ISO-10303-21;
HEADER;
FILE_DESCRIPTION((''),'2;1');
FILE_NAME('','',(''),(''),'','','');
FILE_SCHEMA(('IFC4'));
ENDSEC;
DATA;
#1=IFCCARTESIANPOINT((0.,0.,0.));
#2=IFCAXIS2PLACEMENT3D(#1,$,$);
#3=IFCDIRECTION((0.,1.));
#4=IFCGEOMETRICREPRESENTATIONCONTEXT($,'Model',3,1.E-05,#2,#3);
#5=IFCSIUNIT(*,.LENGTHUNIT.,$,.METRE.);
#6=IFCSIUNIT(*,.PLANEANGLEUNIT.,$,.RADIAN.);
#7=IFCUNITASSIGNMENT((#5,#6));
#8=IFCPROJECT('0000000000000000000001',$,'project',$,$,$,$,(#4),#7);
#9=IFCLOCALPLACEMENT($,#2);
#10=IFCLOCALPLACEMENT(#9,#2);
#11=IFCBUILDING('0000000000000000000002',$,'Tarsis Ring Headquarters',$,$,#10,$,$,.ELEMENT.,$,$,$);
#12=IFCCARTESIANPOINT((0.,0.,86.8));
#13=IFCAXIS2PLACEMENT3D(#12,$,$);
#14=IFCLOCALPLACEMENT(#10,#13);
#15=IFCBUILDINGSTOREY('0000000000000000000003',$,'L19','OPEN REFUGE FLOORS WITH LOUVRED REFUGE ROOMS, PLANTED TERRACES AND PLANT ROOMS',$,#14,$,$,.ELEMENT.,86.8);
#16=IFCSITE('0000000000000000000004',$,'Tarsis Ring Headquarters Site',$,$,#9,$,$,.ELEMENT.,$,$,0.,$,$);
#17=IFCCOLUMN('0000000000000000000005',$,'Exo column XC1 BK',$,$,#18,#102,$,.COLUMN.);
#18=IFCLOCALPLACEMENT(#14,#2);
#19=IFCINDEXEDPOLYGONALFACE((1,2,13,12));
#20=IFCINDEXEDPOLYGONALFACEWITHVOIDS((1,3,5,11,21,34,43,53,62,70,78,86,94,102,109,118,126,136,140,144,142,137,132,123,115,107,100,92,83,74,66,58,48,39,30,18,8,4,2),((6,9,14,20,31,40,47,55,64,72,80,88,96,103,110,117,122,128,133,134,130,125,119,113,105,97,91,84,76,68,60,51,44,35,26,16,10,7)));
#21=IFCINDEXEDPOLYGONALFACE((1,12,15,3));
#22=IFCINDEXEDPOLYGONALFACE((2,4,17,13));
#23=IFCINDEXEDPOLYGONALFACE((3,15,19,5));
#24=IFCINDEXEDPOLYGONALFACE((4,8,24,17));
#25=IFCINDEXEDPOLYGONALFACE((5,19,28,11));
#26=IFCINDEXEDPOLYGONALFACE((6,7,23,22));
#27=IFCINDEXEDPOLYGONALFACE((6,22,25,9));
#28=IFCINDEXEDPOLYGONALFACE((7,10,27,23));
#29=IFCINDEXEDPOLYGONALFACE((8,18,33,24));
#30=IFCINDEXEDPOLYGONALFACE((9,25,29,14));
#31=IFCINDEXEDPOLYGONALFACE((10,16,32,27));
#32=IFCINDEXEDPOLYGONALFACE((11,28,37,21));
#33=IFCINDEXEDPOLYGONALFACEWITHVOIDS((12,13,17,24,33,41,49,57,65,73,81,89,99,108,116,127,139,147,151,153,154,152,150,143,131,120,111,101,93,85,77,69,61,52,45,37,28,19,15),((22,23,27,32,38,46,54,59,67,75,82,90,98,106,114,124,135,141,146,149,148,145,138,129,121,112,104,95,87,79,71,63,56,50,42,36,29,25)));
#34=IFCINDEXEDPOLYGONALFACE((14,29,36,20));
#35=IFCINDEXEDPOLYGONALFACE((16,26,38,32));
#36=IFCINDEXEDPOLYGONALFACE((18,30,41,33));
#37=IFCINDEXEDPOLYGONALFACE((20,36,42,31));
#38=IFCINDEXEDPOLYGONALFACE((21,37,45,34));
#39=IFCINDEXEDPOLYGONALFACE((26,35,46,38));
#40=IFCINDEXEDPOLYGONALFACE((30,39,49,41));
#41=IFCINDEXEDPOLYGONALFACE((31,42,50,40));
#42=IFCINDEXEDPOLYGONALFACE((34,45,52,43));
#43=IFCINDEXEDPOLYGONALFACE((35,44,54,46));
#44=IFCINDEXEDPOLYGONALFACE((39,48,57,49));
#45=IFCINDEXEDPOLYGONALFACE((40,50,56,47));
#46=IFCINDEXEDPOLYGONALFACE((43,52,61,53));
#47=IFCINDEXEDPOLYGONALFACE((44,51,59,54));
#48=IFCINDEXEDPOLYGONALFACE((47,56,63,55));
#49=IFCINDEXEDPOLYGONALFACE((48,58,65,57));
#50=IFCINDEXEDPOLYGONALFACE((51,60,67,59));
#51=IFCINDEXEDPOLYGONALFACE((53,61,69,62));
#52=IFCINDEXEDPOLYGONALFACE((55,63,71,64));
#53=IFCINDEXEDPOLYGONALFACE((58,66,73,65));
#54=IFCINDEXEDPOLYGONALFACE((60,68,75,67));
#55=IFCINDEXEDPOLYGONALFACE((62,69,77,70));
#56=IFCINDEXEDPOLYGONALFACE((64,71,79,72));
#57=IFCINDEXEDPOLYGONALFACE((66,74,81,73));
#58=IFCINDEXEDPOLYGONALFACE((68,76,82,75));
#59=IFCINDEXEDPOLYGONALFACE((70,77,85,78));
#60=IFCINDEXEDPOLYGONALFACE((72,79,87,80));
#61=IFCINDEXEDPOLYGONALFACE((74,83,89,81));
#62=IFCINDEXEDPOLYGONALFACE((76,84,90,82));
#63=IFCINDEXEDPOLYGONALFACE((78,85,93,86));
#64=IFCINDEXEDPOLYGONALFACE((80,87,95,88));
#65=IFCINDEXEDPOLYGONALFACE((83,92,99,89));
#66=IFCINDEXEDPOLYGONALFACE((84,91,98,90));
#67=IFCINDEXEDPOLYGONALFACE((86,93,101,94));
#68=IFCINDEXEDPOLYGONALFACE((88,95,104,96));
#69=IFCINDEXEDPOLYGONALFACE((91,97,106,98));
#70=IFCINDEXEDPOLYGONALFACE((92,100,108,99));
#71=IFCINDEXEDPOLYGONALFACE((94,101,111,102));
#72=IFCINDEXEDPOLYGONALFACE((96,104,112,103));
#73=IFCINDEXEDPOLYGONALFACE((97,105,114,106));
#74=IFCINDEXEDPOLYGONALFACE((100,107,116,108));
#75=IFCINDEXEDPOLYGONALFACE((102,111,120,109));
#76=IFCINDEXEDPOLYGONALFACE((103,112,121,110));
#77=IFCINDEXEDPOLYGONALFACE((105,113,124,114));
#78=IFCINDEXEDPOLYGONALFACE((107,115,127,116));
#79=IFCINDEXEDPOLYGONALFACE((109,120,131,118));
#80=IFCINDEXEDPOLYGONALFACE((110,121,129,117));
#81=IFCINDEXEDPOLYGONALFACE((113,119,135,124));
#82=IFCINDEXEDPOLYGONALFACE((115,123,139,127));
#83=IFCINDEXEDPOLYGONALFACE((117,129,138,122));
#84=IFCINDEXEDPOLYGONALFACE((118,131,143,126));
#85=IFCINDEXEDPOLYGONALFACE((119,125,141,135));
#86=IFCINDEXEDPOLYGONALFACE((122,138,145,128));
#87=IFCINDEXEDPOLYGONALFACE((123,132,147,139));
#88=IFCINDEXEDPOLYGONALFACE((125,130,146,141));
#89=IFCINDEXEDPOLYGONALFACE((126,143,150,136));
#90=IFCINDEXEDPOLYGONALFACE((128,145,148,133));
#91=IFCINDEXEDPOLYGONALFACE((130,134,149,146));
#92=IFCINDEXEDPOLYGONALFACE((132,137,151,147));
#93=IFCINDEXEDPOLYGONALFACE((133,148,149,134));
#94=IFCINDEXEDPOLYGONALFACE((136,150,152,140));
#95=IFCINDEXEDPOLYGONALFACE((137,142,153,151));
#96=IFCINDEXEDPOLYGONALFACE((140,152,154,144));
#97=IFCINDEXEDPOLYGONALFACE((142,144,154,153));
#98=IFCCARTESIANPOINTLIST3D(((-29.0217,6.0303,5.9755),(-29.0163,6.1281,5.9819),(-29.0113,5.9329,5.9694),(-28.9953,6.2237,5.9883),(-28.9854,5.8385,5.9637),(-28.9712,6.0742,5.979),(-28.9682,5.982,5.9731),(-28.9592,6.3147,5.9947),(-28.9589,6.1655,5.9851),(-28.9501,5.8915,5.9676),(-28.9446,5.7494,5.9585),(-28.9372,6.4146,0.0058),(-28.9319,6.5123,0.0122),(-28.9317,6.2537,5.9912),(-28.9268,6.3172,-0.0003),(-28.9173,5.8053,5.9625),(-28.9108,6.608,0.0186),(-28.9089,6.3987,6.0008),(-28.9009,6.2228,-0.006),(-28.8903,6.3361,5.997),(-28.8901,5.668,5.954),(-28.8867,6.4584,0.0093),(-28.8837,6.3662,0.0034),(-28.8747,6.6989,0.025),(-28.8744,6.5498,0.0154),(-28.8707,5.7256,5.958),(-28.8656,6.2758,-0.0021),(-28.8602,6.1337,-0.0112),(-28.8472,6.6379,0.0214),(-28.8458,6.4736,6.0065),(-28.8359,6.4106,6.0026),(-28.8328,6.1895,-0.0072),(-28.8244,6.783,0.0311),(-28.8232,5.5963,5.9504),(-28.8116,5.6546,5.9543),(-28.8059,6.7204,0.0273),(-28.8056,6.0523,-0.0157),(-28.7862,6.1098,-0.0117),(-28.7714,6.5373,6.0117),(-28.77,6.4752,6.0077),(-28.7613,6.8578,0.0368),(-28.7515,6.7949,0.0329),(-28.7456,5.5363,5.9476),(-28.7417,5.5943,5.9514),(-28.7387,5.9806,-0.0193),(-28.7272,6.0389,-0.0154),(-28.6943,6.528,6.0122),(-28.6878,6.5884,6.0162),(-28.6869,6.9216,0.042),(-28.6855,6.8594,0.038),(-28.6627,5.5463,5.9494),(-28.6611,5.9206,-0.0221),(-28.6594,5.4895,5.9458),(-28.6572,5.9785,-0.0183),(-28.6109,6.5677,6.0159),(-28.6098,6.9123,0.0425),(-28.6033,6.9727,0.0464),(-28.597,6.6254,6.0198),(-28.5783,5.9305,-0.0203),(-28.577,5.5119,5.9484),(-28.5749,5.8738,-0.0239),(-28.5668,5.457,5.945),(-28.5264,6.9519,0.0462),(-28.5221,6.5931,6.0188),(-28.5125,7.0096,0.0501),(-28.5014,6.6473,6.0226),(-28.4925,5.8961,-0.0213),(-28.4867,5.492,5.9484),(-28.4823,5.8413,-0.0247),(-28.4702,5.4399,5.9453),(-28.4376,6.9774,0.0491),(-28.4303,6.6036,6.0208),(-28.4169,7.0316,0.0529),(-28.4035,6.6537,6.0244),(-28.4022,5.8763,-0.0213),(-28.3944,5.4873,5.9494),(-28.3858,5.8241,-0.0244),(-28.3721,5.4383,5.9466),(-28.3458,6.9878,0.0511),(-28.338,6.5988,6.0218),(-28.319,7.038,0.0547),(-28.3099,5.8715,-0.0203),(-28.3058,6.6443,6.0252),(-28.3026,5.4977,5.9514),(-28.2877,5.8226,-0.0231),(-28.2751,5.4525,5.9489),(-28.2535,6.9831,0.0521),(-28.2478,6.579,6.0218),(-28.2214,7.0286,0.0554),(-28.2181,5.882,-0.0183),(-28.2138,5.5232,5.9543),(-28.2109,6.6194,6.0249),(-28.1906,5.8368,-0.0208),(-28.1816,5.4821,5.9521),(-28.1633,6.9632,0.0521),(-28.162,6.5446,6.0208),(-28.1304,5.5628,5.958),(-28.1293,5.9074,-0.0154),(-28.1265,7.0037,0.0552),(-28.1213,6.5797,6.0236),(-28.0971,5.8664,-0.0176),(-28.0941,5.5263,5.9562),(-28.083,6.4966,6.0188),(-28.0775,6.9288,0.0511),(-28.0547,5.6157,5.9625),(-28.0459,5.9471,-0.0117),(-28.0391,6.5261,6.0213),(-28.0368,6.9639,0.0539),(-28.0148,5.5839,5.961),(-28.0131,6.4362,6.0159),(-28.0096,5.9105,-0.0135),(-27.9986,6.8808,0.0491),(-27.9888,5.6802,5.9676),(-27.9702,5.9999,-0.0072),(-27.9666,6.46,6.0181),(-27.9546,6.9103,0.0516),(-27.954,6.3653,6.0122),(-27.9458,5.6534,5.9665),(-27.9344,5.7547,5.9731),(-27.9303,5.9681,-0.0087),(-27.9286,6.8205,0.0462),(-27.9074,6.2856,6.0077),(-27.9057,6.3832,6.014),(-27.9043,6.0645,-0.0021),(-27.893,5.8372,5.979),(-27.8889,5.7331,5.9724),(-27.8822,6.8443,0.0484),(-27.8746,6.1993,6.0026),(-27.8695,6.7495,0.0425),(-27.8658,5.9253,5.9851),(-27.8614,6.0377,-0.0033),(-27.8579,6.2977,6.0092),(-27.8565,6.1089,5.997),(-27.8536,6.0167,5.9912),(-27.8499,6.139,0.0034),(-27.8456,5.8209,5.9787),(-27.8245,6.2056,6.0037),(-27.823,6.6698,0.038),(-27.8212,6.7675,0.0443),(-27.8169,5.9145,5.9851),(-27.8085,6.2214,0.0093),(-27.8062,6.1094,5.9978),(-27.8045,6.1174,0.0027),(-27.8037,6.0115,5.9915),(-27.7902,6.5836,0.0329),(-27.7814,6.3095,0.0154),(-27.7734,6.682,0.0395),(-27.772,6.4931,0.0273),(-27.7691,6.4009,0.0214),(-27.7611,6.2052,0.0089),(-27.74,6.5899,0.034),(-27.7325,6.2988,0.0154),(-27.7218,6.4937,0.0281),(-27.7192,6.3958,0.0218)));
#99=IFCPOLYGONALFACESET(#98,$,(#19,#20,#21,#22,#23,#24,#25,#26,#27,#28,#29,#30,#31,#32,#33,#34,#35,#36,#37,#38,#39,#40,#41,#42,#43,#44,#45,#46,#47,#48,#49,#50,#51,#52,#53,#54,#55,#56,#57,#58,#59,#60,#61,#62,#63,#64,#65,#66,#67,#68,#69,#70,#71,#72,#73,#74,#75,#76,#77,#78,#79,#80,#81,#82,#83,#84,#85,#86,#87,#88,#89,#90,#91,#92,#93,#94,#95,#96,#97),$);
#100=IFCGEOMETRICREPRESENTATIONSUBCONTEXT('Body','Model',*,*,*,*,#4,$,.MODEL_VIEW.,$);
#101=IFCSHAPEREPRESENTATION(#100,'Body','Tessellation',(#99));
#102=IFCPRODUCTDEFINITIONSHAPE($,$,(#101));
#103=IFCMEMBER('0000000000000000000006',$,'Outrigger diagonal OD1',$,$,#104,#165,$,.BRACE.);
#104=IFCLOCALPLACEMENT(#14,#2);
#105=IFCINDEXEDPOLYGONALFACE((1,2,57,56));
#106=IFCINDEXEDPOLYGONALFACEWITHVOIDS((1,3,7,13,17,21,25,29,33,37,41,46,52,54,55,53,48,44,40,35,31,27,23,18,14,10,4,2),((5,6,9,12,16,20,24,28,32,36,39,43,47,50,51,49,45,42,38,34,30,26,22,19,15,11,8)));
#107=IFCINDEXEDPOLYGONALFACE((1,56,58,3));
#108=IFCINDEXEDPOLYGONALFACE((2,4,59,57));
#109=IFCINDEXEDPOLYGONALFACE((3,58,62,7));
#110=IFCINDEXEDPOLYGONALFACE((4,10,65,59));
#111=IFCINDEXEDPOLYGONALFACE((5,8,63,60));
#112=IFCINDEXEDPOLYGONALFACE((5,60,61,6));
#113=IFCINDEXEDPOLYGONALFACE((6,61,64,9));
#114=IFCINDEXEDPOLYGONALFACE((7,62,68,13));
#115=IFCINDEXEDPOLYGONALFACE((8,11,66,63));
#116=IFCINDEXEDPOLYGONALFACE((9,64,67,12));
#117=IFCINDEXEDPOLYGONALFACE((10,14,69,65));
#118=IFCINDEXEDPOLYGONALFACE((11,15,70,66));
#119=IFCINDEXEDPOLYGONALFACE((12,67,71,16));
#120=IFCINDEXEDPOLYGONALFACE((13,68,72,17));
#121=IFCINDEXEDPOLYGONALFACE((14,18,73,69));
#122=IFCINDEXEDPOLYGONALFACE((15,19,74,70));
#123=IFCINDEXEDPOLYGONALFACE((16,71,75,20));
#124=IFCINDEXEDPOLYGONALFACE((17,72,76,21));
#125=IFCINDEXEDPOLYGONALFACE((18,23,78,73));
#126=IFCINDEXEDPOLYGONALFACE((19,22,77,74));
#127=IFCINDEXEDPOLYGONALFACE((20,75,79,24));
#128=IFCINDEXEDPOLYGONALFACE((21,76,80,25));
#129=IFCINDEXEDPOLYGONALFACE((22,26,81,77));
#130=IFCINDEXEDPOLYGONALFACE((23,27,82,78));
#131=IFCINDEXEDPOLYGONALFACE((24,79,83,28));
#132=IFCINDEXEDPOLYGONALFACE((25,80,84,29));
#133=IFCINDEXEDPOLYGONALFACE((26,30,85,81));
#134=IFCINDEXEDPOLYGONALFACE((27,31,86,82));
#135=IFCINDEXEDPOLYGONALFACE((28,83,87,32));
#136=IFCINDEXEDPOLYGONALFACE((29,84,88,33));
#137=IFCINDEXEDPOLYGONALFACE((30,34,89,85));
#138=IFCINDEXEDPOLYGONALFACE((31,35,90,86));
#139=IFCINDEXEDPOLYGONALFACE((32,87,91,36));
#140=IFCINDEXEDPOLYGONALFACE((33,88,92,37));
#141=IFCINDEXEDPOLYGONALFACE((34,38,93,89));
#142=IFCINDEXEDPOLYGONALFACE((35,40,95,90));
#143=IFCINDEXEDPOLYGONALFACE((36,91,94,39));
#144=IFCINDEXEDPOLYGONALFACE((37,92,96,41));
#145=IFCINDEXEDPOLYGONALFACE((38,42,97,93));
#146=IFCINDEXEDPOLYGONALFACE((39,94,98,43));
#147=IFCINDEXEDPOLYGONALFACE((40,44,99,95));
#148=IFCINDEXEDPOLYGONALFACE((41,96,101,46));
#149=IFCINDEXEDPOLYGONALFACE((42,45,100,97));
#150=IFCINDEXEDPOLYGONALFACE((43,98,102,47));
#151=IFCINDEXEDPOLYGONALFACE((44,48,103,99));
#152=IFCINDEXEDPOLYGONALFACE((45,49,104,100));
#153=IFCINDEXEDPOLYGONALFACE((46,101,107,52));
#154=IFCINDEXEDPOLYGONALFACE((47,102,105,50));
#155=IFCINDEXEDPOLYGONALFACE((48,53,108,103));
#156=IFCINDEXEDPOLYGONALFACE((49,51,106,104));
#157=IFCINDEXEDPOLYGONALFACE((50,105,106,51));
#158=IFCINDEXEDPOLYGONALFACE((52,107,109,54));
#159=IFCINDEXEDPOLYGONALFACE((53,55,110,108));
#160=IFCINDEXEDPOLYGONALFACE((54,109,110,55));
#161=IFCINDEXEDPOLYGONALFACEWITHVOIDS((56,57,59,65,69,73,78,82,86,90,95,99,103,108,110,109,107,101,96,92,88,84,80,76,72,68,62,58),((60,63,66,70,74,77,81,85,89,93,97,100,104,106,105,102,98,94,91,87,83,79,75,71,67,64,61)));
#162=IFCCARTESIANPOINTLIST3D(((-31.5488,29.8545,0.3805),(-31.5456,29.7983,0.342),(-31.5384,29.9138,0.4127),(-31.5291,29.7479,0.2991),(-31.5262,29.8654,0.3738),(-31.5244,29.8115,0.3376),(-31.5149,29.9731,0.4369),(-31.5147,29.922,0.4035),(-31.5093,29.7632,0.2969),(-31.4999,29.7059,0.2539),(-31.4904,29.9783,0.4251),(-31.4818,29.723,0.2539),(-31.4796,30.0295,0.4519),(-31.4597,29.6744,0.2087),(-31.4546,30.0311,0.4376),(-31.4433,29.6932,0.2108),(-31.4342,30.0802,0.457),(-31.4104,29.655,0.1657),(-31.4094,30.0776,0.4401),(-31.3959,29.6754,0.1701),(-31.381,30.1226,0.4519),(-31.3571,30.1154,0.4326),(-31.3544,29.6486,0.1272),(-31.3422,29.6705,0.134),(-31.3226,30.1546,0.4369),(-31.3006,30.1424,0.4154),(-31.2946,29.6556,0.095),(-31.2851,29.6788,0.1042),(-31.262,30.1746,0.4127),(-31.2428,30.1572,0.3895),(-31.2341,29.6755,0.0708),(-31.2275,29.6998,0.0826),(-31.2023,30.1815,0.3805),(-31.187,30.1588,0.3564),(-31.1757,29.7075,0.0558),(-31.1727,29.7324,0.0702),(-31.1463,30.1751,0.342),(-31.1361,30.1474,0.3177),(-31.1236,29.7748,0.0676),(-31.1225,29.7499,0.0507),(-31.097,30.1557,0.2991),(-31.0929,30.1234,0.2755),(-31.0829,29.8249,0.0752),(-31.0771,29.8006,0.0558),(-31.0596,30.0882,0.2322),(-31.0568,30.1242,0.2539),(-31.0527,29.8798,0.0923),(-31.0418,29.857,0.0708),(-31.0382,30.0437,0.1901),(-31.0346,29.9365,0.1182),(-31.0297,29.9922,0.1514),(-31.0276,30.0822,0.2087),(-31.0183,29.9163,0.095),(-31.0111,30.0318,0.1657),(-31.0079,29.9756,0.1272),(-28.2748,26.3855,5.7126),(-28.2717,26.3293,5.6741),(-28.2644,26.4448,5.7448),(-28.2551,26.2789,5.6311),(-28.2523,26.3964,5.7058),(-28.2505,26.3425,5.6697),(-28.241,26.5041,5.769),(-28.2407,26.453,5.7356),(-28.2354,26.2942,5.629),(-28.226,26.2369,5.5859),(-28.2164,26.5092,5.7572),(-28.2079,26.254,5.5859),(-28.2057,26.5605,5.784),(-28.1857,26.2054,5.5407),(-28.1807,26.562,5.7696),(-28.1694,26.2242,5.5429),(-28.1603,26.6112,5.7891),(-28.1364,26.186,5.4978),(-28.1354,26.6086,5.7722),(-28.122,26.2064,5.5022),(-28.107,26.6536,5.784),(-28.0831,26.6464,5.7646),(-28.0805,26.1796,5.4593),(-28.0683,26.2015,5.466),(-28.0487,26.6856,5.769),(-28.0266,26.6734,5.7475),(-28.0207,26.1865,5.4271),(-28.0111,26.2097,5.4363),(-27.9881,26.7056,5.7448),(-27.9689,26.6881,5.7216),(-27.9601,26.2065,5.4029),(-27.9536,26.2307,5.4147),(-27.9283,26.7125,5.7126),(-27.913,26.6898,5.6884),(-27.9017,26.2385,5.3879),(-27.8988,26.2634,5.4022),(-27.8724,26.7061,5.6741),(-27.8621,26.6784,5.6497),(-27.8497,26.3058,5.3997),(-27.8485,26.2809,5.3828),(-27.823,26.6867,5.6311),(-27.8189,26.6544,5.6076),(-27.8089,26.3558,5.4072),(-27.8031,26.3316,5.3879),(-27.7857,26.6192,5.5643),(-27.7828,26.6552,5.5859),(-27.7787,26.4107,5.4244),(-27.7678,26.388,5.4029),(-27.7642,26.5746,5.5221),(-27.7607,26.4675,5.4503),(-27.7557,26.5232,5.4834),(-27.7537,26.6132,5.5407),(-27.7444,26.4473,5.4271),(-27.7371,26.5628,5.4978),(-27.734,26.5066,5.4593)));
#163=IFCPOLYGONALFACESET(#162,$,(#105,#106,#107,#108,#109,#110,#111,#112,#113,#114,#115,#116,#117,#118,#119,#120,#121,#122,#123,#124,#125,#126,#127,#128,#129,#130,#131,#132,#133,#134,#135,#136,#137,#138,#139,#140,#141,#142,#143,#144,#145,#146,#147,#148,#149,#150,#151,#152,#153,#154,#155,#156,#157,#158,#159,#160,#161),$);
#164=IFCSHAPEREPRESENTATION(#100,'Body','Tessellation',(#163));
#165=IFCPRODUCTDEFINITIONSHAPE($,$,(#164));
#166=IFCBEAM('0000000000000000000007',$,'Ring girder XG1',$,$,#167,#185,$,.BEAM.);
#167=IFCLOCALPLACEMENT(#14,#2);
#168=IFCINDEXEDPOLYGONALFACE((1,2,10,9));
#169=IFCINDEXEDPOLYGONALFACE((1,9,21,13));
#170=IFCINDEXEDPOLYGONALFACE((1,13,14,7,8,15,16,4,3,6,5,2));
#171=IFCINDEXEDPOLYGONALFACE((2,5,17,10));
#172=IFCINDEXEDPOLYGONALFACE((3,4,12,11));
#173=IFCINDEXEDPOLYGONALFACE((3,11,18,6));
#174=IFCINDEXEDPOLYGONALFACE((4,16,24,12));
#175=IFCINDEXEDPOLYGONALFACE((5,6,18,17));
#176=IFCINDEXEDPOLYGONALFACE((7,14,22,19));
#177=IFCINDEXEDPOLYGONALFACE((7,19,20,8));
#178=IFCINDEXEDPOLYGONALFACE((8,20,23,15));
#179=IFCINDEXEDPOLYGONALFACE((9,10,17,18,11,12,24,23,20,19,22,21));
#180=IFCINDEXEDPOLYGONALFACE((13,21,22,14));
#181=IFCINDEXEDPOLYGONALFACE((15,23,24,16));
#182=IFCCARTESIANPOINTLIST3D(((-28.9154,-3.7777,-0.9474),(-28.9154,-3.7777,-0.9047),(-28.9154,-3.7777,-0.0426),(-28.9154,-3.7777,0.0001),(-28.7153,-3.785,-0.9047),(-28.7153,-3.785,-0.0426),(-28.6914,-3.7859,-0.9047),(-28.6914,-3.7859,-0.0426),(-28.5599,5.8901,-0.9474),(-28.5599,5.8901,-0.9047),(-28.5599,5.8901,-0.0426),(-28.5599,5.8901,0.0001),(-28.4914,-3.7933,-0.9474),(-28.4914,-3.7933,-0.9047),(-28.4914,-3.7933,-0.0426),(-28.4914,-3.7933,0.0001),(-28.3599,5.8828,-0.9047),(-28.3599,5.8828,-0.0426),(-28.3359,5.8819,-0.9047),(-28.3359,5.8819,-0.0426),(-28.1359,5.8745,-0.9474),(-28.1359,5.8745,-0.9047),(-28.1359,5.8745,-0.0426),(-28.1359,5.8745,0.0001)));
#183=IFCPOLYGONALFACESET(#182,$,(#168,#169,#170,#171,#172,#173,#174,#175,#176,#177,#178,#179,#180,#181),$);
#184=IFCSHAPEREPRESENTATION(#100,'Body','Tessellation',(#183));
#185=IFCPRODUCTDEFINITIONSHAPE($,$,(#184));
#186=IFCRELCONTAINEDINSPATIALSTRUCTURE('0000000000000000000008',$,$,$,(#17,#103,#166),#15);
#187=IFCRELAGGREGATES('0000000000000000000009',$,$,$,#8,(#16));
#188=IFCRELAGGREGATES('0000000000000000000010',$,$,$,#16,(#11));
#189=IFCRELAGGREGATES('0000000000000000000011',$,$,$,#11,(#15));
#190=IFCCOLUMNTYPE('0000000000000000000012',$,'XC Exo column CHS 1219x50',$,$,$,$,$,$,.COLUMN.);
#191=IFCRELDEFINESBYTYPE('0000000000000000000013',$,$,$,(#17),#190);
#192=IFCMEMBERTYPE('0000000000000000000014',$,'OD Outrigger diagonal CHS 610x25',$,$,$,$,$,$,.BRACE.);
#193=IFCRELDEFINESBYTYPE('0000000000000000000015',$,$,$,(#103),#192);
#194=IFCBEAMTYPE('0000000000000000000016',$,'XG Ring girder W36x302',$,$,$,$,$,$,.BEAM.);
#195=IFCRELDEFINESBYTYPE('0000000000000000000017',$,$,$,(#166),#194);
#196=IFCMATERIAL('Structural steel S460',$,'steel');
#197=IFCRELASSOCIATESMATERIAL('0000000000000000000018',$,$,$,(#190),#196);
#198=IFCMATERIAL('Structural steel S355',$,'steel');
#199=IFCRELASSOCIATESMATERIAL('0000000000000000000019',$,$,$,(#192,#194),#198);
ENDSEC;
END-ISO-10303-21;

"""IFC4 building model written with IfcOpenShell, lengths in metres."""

from ifc_helpers import new_model, si_unit, direction, frame, origin, origin_2d, place, context, subcontext, project, spatial, hollow_circle, i_section, extrude, material, material_profile, profile_set, type_object, element, save


model = new_model("IFC4")

# Units and contexts
model_context = context("Model", 3, precision=1e-05, world=origin(), true_north=direction((0.0, 1.0)))
body_context = subcontext(model_context, "Body", "Model", "MODEL_VIEW")
ifc_project = project(units=[si_unit("LENGTHUNIT", "METRE"), si_unit("PLANEANGLEUNIT", "RADIAN")], contexts=[model_context])

# Site, building, storey
site_placement = place(None, origin())
site = spatial("IfcSite", under=ifc_project, at=site_placement, Name="Tarsis Ring Headquarters Site", CompositionType="ELEMENT", RefElevation=0.0)
building_placement = place(site_placement, origin())
building = spatial("IfcBuilding", under=site, at=building_placement, Name="Tarsis Ring Headquarters", CompositionType="ELEMENT")
storey_placement = place(building_placement, frame((0.0, 0.0, 86.8)))
storey = spatial("IfcBuildingStorey", under=building, at=storey_placement, Name="L19", Description="OPEN REFUGE FLOORS WITH LOUVRED REFUGE ROOMS, PLANTED TERRACES AND PLANT ROOMS", CompositionType="ELEMENT", Elevation=86.8)

# Column
ifc_material_1 = material(Name="Structural steel S460", Category="steel")
ifc_material_profile_1 = material_profile(ifc_material_1, hollow_circle(Radius=0.6096, WallThickness=0.05, at=origin_2d()), Name="CHS 1219x50")
ifc_profile_set_1 = profile_set([ifc_material_profile_1], Name="Structural steel S460")
column_type = type_object("IfcColumnType", Name="XC Exo column CHS 1219x50", PredefinedType="COLUMN", material=ifc_profile_set_1)
column_placement = place(storey_placement, frame((-28.3279, 6.4297, 0.0154), z_axis=(-0.01412, -0.064232, 0.997835), x_axis=(0.976681, -0.214696, 0.0)))
element("IfcColumn", 1, at=column_placement, inside=storey, type_object=column_type, Name="Exo column XC1 BK", PredefinedType="COLUMN", context=body_context, shape_type="SweptSolid", body=[
    extrude(hollow_circle(Radius=0.6096, WallThickness=0.05, at=origin_2d()), origin(), (0.0, 0.0, 1.0), 5.9827),
])

# Member
ifc_material_2 = material(Name="Structural steel S355", Category="steel")
ifc_material_profile_2 = material_profile(ifc_material_2, hollow_circle(Radius=0.3047, WallThickness=0.0249, at=origin_2d()), Name="CHS 610x25")
ifc_profile_set_2 = profile_set([ifc_material_profile_2], Name="Structural steel S355")
member_type = type_object("IfcMemberType", Name="OD Outrigger diagonal CHS 610x25", PredefinedType="BRACE", material=ifc_profile_set_2)
member_placement = place(storey_placement, frame((-28.0044, 26.446, 5.5859), z_axis=(-0.457621, 0.484887, -0.745297), x_axis=(-0.727259, -0.686363, 0.0)))
element("IfcMember", 2, at=member_placement, inside=storey, type_object=member_type, Name="Outrigger diagonal OD1", PredefinedType="BRACE", context=body_context, shape_type="SweptSolid", body=[
    extrude(hollow_circle(Radius=0.3047, WallThickness=0.0249, at=origin_2d()), origin(), (0.0, 0.0, 1.0), 7.1543),
])

# Beam
ifc_material_profile_3 = material_profile(ifc_material_2, i_section(OverallWidth=0.4243, OverallDepth=0.9475, WebThickness=0.0239, FlangeThickness=0.0427, at=origin_2d()), Name="W36x302")
ifc_profile_set_3 = profile_set([ifc_material_profile_3], Name="Structural steel S355")
beam_type = type_object("IfcBeamType", Name="XG Ring girder W36x302", PredefinedType="BEAM", material=ifc_profile_set_3)
beam_placement = place(storey_placement, frame((-28.3479, 5.8823, -0.4736), z_axis=(-0.036744, -0.999325, 0.0), x_axis=(0.999325, -0.036744, 0.0)))
element("IfcBeam", 3, at=beam_placement, inside=storey, type_object=beam_type, Name="Ring girder XG1", PredefinedType="BEAM", context=body_context, shape_type="SweptSolid", body=[
    extrude(i_section(OverallWidth=0.4243, OverallDepth=0.9475, WebThickness=0.0239, FlangeThickness=0.0427, at=origin_2d()), origin(), (0.0, 0.0, 1.0), 9.6743),
])

save(model, "model.ifc")
